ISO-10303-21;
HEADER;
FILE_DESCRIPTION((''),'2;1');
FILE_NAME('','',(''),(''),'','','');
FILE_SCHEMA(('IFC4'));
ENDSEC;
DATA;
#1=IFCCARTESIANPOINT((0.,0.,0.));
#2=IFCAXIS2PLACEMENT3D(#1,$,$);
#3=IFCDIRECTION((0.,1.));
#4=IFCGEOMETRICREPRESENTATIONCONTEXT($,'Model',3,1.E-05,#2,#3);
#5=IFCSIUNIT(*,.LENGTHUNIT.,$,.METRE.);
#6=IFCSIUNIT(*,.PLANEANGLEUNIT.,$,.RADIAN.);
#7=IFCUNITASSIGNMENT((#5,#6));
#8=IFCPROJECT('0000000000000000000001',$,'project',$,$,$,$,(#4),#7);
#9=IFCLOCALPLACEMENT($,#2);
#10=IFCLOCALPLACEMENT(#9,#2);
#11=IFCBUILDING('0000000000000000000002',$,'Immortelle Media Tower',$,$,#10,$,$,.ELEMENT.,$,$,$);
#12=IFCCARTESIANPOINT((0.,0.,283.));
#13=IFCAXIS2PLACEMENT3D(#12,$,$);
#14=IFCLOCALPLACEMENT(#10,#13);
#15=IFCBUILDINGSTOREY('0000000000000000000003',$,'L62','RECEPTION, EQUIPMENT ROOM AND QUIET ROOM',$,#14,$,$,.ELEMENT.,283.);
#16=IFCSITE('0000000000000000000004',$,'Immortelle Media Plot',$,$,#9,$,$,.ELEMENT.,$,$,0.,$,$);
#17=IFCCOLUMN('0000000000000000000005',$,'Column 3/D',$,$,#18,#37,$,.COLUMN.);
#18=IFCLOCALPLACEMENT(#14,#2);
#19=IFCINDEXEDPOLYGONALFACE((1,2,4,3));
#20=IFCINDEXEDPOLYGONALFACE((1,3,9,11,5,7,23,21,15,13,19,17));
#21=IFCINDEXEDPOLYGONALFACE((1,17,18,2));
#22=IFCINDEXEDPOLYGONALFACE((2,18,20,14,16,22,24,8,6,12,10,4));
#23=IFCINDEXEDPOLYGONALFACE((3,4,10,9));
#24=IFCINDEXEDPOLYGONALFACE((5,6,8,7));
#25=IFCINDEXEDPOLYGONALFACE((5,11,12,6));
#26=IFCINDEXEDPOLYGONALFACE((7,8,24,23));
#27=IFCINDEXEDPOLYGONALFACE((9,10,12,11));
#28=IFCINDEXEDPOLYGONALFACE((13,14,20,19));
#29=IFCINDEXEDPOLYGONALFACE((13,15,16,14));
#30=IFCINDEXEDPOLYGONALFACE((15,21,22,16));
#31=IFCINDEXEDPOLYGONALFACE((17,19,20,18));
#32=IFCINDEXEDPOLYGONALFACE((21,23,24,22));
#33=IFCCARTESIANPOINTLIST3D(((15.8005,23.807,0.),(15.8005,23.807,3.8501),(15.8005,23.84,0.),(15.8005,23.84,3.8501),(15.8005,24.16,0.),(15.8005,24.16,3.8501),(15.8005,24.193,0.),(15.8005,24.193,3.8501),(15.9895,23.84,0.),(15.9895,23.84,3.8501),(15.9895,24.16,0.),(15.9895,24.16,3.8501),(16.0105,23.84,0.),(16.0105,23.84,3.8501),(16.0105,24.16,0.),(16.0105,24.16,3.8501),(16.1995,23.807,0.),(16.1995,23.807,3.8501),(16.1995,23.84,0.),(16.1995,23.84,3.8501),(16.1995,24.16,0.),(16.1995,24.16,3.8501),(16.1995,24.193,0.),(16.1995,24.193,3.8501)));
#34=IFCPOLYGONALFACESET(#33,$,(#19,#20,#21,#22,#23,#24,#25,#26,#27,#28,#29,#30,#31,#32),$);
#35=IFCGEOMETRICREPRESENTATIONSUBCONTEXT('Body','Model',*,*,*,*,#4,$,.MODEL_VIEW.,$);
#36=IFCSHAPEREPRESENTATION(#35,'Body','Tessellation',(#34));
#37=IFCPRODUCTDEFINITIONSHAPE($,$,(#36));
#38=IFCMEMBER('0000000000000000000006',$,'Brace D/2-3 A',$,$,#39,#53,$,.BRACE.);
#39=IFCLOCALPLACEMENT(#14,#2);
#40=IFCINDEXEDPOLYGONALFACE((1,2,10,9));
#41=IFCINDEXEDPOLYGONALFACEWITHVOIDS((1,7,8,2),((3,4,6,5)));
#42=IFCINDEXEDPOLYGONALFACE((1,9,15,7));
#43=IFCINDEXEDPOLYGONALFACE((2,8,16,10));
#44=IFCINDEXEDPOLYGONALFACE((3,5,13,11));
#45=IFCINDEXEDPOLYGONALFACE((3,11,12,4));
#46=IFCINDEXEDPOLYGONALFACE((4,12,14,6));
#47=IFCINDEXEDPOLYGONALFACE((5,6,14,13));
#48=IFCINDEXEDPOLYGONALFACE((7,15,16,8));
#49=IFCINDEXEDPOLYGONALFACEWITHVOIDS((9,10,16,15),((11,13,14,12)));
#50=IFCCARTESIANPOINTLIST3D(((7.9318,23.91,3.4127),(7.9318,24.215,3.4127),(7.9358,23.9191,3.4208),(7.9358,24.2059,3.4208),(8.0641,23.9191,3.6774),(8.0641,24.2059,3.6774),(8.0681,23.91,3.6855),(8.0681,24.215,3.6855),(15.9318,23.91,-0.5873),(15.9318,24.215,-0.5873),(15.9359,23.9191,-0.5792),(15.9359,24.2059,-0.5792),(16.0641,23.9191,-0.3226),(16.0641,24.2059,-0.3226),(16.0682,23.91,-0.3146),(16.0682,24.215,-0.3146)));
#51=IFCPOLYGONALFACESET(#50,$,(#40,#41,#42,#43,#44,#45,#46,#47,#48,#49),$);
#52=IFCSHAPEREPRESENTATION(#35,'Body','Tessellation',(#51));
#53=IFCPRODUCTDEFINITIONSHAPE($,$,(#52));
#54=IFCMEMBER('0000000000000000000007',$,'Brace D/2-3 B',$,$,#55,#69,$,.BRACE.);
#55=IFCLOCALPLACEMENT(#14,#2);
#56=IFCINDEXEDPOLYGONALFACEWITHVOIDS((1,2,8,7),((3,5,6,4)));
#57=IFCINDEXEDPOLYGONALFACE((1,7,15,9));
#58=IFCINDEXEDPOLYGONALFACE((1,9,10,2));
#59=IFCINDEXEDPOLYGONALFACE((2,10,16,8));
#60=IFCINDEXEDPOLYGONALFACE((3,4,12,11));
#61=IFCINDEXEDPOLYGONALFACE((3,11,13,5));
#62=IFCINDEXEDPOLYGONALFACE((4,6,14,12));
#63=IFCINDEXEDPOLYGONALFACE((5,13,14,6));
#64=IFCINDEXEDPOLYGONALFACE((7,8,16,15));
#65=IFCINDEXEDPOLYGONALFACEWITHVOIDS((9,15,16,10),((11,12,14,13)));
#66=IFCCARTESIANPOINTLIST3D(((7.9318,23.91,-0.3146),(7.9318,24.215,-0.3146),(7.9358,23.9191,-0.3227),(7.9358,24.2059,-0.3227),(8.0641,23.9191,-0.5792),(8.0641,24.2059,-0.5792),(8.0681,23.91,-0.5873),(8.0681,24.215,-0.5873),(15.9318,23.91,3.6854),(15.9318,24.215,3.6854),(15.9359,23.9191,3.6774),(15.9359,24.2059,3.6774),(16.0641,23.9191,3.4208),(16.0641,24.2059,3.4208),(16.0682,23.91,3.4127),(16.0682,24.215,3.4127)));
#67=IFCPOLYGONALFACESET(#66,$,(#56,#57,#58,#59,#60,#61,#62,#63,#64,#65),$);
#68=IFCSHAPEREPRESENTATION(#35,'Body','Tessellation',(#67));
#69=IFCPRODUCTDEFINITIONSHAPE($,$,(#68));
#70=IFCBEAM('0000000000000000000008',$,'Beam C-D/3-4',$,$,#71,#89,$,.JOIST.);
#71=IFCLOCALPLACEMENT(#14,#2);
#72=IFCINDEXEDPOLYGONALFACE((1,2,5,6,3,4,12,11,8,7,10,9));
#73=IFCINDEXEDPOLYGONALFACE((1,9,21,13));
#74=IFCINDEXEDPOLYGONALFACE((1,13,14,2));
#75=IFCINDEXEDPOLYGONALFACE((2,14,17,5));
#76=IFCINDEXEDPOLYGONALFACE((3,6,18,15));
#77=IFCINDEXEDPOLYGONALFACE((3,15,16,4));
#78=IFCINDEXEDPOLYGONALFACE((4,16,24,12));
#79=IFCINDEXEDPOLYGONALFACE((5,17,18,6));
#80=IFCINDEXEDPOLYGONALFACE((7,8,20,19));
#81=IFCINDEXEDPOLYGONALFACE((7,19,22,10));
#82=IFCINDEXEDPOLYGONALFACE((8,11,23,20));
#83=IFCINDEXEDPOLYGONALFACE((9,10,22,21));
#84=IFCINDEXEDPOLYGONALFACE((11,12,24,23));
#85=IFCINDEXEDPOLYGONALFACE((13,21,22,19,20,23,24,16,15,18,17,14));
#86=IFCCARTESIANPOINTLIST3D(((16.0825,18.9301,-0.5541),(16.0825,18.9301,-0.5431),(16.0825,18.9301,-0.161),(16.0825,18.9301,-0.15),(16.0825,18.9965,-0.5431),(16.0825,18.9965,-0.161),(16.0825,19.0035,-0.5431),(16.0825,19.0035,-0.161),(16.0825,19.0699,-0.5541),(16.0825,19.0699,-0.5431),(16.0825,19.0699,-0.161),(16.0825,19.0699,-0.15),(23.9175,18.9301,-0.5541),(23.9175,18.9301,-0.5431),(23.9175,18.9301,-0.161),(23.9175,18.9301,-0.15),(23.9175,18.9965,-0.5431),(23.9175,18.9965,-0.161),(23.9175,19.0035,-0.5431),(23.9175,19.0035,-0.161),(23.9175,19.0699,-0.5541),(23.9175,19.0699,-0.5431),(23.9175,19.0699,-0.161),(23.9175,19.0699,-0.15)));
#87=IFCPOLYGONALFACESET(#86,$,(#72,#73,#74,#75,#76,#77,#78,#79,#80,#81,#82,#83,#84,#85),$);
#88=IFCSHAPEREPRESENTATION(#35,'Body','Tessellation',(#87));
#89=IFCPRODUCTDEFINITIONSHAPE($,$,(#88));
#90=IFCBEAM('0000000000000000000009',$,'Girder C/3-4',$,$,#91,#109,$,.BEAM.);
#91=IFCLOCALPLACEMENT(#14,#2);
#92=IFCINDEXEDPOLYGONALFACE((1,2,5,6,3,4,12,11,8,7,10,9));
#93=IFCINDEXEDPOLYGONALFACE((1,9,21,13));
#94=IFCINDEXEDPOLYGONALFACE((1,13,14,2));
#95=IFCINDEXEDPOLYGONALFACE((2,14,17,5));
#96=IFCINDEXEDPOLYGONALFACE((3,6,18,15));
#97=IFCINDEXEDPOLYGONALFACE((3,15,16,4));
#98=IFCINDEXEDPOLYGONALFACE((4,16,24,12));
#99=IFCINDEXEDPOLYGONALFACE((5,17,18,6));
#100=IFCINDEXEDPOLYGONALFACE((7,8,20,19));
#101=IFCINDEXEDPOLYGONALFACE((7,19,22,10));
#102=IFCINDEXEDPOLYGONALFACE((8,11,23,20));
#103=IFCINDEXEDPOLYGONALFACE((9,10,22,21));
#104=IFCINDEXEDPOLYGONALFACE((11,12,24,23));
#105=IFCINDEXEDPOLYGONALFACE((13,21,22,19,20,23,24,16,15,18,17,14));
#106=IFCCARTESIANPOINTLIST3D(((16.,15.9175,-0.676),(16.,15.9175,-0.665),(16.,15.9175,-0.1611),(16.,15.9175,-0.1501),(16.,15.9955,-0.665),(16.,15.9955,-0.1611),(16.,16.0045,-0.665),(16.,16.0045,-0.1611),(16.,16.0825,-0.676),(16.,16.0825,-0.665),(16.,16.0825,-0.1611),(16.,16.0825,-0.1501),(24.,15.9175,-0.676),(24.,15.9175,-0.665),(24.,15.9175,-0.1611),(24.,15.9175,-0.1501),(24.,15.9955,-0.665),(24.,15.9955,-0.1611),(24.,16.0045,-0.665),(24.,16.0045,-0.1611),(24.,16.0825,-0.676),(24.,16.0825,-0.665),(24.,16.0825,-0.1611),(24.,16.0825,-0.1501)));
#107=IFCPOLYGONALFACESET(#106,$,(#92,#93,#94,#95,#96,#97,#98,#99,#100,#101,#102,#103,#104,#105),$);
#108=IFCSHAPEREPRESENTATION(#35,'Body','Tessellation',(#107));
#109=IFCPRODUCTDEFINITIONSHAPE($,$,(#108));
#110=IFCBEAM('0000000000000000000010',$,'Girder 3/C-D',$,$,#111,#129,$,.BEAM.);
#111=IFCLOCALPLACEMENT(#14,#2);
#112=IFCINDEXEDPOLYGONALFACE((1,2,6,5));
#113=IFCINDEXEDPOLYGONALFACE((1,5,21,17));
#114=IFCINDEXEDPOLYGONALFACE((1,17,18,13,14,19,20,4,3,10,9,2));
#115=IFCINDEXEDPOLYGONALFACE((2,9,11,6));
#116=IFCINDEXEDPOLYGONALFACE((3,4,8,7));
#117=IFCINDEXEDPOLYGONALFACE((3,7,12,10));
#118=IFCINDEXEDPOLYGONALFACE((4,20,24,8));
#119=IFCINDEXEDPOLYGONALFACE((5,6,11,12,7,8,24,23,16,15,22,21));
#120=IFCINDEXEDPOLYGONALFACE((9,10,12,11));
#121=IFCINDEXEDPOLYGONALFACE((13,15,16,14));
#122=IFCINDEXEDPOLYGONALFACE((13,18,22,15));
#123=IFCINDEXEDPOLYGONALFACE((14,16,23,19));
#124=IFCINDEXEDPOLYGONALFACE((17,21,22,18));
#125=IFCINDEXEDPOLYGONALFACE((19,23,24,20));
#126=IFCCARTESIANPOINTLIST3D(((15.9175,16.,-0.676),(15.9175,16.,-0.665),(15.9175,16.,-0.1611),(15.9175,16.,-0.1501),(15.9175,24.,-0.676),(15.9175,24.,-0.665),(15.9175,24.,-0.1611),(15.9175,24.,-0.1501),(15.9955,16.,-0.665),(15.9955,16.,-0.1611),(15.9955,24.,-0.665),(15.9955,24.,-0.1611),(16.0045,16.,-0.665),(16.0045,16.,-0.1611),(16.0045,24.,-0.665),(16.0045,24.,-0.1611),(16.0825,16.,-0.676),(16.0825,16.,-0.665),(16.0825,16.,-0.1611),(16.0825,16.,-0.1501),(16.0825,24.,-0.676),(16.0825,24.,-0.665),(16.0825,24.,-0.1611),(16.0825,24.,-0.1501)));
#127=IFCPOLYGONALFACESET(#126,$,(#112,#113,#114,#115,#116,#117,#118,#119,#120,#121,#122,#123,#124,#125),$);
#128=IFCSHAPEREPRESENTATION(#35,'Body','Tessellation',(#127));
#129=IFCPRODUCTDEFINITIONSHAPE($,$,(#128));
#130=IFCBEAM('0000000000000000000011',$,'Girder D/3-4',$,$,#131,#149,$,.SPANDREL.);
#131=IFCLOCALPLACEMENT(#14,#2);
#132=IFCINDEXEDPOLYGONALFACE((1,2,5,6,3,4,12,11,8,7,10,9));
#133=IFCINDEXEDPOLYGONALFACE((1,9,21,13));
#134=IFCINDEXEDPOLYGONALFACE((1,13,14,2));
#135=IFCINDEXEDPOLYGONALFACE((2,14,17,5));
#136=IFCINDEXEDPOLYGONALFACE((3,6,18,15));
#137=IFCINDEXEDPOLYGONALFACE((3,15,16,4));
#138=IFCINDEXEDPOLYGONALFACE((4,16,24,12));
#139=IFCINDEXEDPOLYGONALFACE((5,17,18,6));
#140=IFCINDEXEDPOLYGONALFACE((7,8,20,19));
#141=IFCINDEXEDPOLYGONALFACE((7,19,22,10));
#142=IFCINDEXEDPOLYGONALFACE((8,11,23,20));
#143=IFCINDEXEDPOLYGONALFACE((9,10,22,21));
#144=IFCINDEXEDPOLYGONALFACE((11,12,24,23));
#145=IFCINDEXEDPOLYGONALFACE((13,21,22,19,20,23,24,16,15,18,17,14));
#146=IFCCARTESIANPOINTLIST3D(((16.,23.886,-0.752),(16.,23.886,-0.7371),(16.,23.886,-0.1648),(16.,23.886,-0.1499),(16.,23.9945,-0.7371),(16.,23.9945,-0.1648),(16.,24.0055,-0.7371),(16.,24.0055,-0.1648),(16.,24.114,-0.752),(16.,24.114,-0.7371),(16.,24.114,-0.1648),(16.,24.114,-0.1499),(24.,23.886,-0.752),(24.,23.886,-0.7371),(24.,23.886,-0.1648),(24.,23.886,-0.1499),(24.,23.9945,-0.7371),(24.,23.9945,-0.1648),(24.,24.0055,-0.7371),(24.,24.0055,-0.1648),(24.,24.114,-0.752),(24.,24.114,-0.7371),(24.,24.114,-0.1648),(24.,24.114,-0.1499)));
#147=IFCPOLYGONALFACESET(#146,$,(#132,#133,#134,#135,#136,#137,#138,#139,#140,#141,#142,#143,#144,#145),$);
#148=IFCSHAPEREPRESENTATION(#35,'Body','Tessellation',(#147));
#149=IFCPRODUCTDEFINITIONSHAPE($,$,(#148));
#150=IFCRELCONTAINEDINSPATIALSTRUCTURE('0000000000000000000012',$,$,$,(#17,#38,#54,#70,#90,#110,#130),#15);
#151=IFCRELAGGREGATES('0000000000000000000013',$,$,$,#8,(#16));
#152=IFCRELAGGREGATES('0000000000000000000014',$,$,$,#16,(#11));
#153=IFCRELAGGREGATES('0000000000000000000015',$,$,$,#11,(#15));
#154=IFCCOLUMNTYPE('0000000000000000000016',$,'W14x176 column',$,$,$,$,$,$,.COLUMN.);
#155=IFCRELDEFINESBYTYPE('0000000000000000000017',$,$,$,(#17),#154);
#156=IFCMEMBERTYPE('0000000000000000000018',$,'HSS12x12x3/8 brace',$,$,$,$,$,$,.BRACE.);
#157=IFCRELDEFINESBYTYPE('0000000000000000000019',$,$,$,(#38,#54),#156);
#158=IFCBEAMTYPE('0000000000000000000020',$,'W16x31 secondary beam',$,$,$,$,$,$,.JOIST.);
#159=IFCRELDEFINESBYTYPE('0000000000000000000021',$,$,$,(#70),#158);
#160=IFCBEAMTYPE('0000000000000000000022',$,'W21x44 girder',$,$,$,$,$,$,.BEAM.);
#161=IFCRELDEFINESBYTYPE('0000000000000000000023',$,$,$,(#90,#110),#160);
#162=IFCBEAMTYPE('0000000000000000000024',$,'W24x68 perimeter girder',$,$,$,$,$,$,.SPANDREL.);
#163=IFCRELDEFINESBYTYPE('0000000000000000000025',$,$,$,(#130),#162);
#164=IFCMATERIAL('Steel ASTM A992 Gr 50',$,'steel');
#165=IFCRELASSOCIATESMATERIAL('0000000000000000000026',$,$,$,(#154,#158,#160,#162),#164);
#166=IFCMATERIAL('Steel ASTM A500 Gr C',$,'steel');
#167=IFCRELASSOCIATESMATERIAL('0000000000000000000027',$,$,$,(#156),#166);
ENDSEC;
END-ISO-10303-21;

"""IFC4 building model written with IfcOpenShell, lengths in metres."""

from ifc_helpers import new_model, si_unit, direction, frame, origin, origin_2d, place, context, subcontext, project, spatial, hollow_rectangle, i_section, extrude, material, material_profile, profile_set, type_object, element, save


model = new_model("IFC4")

# Units and contexts
model_context = context("Model", 3, precision=1e-05, world=origin(), true_north=direction((0.0, 1.0)))
body_context = subcontext(model_context, "Body", "Model", "MODEL_VIEW")
ifc_project = project(units=[si_unit("LENGTHUNIT", "METRE"), si_unit("PLANEANGLEUNIT", "RADIAN")], contexts=[model_context])

# Site, building, storey
site_placement = place(None, origin())
site = spatial("IfcSite", under=ifc_project, at=site_placement, Name="Immortelle Media Plot", CompositionType="ELEMENT", RefElevation=0.0)
building_placement = place(site_placement, origin())
building = spatial("IfcBuilding", under=site, at=building_placement, Name="Immortelle Media Tower", CompositionType="ELEMENT")
storey_placement = place(building_placement, frame((0.0, 0.0, 283.0)))
storey = spatial("IfcBuildingStorey", under=building, at=storey_placement, Name="L62", Description="RECEPTION, EQUIPMENT ROOM AND QUIET ROOM", CompositionType="ELEMENT", Elevation=283.0)

# Column
ifc_material_1 = material(Name="Steel ASTM A992 Gr 50", Category="steel")
ifc_material_profile_1 = material_profile(ifc_material_1, i_section(OverallWidth=0.3989, OverallDepth=0.386, WebThickness=0.021, FlangeThickness=0.033, at=origin_2d()), Name="W14x176")
ifc_profile_set_1 = profile_set([ifc_material_profile_1], Name="Steel ASTM A992 Gr 50")
column_type = type_object("IfcColumnType", Name="W14x176 column", PredefinedType="COLUMN", material=ifc_profile_set_1)
column_placement = place(storey_placement, frame((16.0, 24.0, 0.0), z_axis=(0.0, 0.0, 1.0), x_axis=(1.0, 0.0, 0.0)))
element("IfcColumn", 1, at=column_placement, inside=storey, type_object=column_type, Name="Column 3/D", PredefinedType="COLUMN", context=body_context, shape_type="SweptSolid", body=[
    extrude(i_section(OverallWidth=0.3989, OverallDepth=0.386, WebThickness=0.021, FlangeThickness=0.033, at=origin_2d()), origin(), (0.0, 0.0, 1.0), 3.8501),
])

# Members
ifc_material_2 = material(Name="Steel ASTM A500 Gr C", Category="steel")
ifc_material_profile_2 = material_profile(ifc_material_2, hollow_rectangle(XDim=0.3049, YDim=0.3049, WallThickness=0.009, at=origin_2d()), Name="HSS12x12x3/8 brace")
ifc_profile_set_2 = profile_set([ifc_material_profile_2], Name="Steel ASTM A500 Gr C")
member_type = type_object("IfcMemberType", Name="HSS12x12x3/8 brace", PredefinedType="BRACE", material=ifc_profile_set_2)
for number, where, z_axis, x_axis, name in (
    (2, (16.0, 24.0625, -0.4509), (-0.894427, 0.0, 0.447214), (0.0, -1.0, 0.0), "Brace D/2-3 A"),
    (3, (16.0, 24.0625, 3.5491), (-0.894427, 0.0, -0.447214), (0.0, -1.0, 0.0), "Brace D/2-3 B"),
):
    element("IfcMember", number, at=place(storey_placement, frame(where, z_axis=z_axis, x_axis=x_axis)), inside=storey, type_object=member_type, Name=name, PredefinedType="BRACE", context=body_context, shape_type="SweptSolid", body=[
        extrude(hollow_rectangle(XDim=0.3049, YDim=0.3049, WallThickness=0.009, at=origin_2d()), origin(), (0.0, 0.0, 1.0), 8.9443),
    ])

# Beams
ifc_material_profile_3 = material_profile(ifc_material_1, i_section(OverallWidth=0.1399, OverallDepth=0.4041, WebThickness=0.0071, FlangeThickness=0.011, at=origin_2d()), Name="W16x31")
ifc_profile_set_3 = profile_set([ifc_material_profile_3], Name="Steel ASTM A992 Gr 50")
beam_type_1 = type_object("IfcBeamType", Name="W16x31 secondary beam", PredefinedType="JOIST", material=ifc_profile_set_3)
beam_1_placement = place(storey_placement, frame((16.0825, 19.0, -0.3521), z_axis=(1.0, 0.0, 0.0), x_axis=(0.0, 1.0, 0.0)))
element("IfcBeam", 4, at=beam_1_placement, inside=storey, type_object=beam_type_1, Name="Beam C-D/3-4", PredefinedType="JOIST", context=body_context, shape_type="SweptSolid", body=[
    extrude(i_section(OverallWidth=0.1399, OverallDepth=0.4041, WebThickness=0.0071, FlangeThickness=0.011, at=origin_2d()), origin(), (0.0, 0.0, 1.0), 7.835),
])
ifc_material_profile_4 = material_profile(ifc_material_1, i_section(OverallWidth=0.165, OverallDepth=0.5259, WebThickness=0.009, FlangeThickness=0.011, at=origin_2d()), Name="W21x44")
ifc_profile_set_4 = profile_set([ifc_material_profile_4], Name="Steel ASTM A992 Gr 50")
beam_type_2 = type_object("IfcBeamType", Name="W21x44 girder", PredefinedType="BEAM", material=ifc_profile_set_4)
for number, where, z_axis, x_axis, name in (
    (5, (16.0, 16.0, -0.4131), (1.0, 0.0, 0.0), (0.0, 1.0, 0.0), "Girder C/3-4"),
    (6, (16.0, 16.0, -0.4131), (0.0, 1.0, 0.0), (-1.0, 0.0, 0.0), "Girder 3/C-D"),
):
    element("IfcBeam", number, at=place(storey_placement, frame(where, z_axis=z_axis, x_axis=x_axis)), inside=storey, type_object=beam_type_2, Name=name, PredefinedType="BEAM", context=body_context, shape_type="SweptSolid", body=[
        extrude(i_section(OverallWidth=0.165, OverallDepth=0.5259, WebThickness=0.009, FlangeThickness=0.011, at=origin_2d()), origin(), (0.0, 0.0, 1.0), 8.0),
    ])
ifc_material_profile_5 = material_profile(ifc_material_1, i_section(OverallWidth=0.228, OverallDepth=0.6021, WebThickness=0.011, FlangeThickness=0.0149, at=origin_2d()), Name="W24x68")
ifc_profile_set_5 = profile_set([ifc_material_profile_5], Name="Steel ASTM A992 Gr 50")
beam_type_3 = type_object("IfcBeamType", Name="W24x68 perimeter girder", PredefinedType="SPANDREL", material=ifc_profile_set_5)
beam_2_placement = place(storey_placement, frame((16.0, 24.0, -0.4509), z_axis=(1.0, 0.0, 0.0), x_axis=(0.0, 1.0, 0.0)))
element("IfcBeam", 7, at=beam_2_placement, inside=storey, type_object=beam_type_3, Name="Girder D/3-4", PredefinedType="SPANDREL", context=body_context, shape_type="SweptSolid", body=[
    extrude(i_section(OverallWidth=0.228, OverallDepth=0.6021, WebThickness=0.011, FlangeThickness=0.0149, at=origin_2d()), origin(), (0.0, 0.0, 1.0), 8.0),
])

save(model, "model.ifc")
